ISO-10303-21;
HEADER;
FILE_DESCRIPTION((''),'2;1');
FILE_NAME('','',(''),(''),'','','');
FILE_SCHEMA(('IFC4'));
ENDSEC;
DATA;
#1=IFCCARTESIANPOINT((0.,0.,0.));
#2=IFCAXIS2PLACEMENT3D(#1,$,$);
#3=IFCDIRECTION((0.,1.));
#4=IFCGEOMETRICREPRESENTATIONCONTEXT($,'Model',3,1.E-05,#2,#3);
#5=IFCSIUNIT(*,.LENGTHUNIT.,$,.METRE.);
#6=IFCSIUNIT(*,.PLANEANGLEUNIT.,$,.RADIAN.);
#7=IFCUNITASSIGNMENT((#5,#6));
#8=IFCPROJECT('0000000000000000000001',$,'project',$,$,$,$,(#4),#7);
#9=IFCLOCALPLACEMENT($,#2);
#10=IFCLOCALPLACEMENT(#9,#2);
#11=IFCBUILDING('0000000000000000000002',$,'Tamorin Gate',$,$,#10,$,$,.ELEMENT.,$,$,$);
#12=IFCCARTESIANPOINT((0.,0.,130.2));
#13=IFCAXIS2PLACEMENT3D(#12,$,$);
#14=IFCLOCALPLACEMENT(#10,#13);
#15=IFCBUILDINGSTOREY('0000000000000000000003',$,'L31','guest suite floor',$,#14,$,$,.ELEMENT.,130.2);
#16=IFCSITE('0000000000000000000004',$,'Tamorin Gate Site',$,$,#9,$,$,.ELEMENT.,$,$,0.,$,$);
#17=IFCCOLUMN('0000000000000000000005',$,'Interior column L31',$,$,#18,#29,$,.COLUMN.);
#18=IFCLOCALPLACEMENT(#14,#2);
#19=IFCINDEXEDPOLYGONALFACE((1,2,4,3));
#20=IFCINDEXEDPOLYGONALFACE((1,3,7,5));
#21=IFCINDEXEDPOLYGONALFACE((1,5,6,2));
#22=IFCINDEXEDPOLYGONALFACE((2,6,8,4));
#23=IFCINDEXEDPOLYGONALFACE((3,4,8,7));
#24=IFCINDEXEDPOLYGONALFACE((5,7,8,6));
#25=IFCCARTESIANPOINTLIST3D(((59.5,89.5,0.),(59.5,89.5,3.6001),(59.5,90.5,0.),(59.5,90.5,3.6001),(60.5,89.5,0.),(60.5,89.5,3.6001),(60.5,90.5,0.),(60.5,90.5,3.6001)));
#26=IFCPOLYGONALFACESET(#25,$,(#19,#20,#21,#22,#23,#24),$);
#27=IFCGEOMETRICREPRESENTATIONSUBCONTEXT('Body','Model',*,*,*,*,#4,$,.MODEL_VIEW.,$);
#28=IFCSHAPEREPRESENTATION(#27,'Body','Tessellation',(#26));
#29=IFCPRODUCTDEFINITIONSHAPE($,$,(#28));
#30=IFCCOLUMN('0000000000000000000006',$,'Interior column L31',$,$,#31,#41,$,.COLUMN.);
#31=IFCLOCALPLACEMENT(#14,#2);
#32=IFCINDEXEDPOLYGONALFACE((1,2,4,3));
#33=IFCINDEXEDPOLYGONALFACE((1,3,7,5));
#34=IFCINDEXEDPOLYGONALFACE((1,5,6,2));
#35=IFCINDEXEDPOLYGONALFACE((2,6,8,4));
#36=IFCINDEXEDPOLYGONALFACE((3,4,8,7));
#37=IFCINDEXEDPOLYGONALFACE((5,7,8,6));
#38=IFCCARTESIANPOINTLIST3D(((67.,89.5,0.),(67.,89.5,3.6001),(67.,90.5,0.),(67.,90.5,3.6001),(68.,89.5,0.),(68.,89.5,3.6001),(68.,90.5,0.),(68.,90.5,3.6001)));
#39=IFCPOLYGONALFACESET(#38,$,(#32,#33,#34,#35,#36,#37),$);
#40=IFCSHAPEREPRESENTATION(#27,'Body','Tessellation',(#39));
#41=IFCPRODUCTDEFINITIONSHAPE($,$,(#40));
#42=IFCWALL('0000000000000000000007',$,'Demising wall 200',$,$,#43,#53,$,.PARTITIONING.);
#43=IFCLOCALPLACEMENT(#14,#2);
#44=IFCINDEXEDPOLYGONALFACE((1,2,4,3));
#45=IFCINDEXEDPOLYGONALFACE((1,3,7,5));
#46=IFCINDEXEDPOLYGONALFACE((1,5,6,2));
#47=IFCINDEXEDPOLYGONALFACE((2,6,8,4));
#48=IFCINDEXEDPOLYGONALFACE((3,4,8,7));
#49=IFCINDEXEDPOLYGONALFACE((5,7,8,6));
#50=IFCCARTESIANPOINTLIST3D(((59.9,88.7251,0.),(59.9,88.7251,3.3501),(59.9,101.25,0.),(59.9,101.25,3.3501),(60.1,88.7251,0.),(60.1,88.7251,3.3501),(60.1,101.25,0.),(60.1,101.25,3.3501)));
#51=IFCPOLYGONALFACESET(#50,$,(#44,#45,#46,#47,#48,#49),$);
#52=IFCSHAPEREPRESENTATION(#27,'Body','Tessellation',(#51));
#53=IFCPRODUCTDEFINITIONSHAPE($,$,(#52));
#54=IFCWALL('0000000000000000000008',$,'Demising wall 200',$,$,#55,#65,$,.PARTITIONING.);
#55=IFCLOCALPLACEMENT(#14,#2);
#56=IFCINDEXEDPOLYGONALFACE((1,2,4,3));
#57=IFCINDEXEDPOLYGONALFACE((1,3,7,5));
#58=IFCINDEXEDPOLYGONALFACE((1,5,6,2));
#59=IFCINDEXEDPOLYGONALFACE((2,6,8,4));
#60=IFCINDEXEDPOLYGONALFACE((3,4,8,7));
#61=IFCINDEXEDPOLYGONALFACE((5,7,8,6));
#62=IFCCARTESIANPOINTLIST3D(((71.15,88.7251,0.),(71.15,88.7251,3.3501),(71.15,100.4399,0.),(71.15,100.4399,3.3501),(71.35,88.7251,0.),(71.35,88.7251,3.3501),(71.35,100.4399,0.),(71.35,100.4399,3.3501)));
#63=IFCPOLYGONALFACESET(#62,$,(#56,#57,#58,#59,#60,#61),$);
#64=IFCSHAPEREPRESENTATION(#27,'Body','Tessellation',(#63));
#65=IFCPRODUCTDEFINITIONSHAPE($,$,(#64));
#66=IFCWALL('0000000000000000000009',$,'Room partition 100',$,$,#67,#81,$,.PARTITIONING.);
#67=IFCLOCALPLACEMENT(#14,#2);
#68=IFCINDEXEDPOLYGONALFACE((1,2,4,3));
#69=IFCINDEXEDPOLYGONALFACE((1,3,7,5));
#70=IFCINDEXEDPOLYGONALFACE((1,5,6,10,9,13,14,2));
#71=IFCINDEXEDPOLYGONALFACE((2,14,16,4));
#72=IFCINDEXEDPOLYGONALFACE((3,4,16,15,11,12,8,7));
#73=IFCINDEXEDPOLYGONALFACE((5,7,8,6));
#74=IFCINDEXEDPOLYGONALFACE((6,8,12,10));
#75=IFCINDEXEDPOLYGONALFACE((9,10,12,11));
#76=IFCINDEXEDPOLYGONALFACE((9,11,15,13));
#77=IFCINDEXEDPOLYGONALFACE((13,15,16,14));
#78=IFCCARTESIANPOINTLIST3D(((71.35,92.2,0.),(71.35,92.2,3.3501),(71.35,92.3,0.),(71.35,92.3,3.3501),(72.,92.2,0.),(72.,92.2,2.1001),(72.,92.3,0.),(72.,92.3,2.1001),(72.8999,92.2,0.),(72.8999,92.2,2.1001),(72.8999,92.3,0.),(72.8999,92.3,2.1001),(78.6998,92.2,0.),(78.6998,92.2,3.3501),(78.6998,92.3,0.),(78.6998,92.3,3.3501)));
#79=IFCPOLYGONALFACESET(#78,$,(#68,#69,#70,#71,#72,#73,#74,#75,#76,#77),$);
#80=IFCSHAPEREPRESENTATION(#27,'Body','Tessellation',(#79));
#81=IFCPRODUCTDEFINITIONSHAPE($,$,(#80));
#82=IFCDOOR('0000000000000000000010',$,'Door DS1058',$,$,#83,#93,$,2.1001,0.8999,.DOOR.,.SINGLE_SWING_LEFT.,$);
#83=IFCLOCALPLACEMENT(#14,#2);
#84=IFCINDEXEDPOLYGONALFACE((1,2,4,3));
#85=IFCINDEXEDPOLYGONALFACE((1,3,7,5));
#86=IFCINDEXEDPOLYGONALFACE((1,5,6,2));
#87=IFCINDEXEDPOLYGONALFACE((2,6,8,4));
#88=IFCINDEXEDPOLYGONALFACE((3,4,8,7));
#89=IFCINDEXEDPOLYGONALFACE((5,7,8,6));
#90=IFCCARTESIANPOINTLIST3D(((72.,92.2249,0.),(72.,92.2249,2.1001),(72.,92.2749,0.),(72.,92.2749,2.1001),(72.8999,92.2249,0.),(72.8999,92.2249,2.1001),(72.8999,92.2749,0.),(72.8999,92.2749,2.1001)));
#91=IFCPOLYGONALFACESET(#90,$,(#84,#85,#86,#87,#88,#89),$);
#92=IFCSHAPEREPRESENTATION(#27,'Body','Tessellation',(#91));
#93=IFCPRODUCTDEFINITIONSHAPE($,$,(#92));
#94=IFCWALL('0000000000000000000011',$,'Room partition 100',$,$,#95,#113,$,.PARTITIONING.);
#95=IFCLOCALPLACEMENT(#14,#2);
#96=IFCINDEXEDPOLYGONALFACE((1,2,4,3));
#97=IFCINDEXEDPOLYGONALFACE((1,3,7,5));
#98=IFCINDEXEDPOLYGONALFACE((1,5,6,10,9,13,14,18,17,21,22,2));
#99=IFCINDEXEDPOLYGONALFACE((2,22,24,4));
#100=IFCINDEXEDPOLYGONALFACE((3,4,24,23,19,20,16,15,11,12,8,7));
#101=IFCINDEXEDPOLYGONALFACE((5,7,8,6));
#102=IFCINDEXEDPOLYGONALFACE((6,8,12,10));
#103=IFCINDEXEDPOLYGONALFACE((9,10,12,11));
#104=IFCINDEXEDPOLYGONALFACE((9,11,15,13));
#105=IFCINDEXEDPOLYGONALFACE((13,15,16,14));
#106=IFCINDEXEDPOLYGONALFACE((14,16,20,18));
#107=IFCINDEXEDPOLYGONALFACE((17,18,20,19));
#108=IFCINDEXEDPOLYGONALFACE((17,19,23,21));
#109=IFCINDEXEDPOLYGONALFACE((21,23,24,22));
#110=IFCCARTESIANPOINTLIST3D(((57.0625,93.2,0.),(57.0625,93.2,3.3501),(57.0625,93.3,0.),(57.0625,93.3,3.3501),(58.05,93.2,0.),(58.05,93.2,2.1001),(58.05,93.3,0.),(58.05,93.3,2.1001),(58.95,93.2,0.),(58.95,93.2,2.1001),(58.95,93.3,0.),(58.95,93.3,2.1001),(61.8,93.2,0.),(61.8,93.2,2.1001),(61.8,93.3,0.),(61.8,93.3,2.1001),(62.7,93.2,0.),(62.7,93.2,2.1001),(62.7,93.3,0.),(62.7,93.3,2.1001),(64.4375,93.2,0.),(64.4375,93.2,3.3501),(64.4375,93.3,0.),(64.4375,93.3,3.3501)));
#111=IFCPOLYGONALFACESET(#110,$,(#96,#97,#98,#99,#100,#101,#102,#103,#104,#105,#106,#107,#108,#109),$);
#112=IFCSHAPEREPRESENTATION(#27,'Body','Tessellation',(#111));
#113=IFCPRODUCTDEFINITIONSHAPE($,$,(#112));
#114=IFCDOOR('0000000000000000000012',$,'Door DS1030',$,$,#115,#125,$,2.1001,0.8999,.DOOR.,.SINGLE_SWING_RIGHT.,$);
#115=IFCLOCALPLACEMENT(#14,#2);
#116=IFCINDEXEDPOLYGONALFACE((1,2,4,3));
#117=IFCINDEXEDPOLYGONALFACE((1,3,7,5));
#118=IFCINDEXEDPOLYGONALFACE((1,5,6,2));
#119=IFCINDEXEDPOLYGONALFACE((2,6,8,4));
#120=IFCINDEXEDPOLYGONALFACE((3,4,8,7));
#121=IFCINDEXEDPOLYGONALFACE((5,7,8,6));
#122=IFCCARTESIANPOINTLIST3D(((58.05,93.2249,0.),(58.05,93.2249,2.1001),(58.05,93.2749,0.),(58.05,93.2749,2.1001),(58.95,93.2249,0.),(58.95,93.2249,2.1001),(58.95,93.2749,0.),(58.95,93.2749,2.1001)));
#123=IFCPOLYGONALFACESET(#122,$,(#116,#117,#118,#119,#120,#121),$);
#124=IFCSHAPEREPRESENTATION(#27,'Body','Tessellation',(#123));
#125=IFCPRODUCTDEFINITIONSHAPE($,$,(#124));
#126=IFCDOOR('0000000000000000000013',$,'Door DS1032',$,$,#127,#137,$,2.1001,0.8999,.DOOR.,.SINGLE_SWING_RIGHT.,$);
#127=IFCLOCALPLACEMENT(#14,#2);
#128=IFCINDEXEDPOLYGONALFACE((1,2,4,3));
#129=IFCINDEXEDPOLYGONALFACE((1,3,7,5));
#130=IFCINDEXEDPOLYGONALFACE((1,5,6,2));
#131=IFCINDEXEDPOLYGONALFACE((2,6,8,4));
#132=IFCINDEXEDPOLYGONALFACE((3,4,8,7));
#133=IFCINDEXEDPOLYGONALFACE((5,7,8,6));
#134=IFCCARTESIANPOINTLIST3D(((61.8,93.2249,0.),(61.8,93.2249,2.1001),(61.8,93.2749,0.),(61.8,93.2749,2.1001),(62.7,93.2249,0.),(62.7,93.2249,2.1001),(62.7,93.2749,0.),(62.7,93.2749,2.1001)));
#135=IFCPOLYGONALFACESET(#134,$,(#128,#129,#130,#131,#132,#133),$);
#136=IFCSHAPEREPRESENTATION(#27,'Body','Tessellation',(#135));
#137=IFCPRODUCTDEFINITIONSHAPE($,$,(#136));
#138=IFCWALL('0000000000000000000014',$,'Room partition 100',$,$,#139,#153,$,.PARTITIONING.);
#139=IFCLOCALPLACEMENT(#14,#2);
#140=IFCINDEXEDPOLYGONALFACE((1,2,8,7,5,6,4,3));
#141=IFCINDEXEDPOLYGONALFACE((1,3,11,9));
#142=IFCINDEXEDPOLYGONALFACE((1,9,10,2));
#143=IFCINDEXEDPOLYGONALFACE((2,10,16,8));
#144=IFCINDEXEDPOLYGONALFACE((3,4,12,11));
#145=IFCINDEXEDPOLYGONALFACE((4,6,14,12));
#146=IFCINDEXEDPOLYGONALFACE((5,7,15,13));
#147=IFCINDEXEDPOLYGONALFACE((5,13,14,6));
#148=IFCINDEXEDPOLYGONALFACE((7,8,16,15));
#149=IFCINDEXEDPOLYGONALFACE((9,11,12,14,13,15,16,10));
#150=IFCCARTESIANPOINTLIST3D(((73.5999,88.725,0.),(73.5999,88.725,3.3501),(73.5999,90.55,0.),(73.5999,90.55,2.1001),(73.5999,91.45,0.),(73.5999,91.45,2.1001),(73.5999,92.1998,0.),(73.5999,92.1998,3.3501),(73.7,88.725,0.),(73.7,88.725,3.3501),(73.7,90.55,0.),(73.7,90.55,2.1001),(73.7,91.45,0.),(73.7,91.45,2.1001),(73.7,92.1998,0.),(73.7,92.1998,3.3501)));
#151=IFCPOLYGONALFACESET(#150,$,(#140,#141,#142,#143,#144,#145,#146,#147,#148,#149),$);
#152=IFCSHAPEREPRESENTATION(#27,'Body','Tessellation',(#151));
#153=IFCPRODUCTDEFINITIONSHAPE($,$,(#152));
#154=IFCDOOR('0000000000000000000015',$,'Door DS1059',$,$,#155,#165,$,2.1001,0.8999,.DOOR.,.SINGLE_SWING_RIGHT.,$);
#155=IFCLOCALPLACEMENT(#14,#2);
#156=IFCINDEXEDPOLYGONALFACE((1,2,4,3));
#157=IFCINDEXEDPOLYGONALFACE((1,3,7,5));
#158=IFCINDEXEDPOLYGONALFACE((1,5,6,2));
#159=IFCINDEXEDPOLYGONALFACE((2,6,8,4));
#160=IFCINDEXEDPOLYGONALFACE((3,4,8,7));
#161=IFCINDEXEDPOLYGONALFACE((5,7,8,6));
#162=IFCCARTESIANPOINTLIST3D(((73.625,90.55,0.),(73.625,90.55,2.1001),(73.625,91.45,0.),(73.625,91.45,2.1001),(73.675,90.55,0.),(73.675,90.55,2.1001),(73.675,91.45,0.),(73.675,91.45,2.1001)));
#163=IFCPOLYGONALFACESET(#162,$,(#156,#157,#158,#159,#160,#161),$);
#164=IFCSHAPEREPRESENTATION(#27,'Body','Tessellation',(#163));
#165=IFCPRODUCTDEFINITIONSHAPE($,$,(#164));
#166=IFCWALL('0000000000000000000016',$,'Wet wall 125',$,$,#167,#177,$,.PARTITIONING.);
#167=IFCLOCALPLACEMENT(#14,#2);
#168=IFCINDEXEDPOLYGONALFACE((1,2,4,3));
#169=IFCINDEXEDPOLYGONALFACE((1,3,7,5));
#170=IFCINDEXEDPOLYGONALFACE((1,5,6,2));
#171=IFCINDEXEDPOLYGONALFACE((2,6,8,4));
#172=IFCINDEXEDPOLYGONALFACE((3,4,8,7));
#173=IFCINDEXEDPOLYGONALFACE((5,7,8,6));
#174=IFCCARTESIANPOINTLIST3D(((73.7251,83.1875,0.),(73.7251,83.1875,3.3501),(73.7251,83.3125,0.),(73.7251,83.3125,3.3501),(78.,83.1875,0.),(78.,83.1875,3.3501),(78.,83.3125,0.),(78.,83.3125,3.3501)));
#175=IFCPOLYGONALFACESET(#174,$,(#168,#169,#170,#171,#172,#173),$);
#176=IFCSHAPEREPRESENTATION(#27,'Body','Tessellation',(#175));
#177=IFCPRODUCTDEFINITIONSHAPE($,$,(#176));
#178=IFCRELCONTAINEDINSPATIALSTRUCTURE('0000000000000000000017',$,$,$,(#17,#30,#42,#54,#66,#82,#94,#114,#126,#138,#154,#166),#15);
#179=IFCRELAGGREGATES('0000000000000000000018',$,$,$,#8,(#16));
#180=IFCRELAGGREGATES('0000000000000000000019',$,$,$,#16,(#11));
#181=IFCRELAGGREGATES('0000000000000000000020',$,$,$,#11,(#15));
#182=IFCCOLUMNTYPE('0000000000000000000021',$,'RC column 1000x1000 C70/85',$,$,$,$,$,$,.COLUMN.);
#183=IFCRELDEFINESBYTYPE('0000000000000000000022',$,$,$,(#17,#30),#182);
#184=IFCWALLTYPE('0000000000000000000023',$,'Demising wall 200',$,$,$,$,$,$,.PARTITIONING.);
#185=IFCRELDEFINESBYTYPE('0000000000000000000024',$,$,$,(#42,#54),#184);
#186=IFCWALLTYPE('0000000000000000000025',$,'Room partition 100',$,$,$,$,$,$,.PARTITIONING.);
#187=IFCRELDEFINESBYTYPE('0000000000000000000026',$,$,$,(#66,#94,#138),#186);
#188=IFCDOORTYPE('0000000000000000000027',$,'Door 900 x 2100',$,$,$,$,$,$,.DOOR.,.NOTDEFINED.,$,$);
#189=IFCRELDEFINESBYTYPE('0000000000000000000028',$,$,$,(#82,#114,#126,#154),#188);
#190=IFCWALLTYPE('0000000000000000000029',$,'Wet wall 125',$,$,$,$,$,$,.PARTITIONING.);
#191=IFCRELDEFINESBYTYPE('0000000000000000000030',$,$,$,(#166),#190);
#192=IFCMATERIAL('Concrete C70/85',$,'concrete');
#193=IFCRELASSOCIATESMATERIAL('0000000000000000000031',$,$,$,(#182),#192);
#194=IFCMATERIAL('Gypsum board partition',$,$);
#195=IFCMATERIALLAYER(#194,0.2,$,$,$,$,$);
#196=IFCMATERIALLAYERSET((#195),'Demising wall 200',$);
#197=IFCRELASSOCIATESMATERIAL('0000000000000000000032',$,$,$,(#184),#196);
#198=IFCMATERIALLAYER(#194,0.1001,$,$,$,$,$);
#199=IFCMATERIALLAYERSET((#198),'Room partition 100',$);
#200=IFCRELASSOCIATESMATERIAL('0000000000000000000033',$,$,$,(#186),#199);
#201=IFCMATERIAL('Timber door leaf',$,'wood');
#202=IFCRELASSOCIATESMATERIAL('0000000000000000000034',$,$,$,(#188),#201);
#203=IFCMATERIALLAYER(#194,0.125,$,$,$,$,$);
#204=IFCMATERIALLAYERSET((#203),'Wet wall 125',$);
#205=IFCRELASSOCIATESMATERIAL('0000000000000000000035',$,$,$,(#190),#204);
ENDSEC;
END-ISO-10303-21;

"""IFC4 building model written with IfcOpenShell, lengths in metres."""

from ifc_helpers import new_model, si_unit, direction, frame, frame_2d, origin, origin_2d, place, context, subcontext, project, spatial, rectangle, extrude, material, layer, layer_set, material_profile, profile_set, type_object, element, fill, save


model = new_model("IFC4")

# Units and contexts
model_context = context("Model", 3, precision=1e-05, world=origin(), true_north=direction((0.0, 1.0)))
body_context = subcontext(model_context, "Body", "Model", "MODEL_VIEW")
ifc_project = project(units=[si_unit("LENGTHUNIT", "METRE"), si_unit("PLANEANGLEUNIT", "RADIAN")], contexts=[model_context])

# Site, building, storey
site_placement = place(None, origin())
site = spatial("IfcSite", under=ifc_project, at=site_placement, Name="Tamorin Gate Site", CompositionType="ELEMENT", RefElevation=0.0)
building_placement = place(site_placement, origin())
building = spatial("IfcBuilding", under=site, at=building_placement, Name="Tamorin Gate", CompositionType="ELEMENT")
storey_placement = place(building_placement, frame((0.0, 0.0, 130.2)))
storey = spatial("IfcBuildingStorey", under=building, at=storey_placement, Name="L31", Description="guest suite floor", CompositionType="ELEMENT", Elevation=130.2)

# Columns
ifc_material_1 = material(Name="Concrete C70/85", Category="concrete")
ifc_material_profile = material_profile(ifc_material_1, rectangle(XDim=1.0, YDim=1.0, at=origin_2d()), Name="RC 1000x1000")
ifc_profile_set = profile_set([ifc_material_profile], Name="Concrete C70/85")
column_type = type_object("IfcColumnType", Name="RC column 1000x1000 C70/85", PredefinedType="COLUMN", material=ifc_profile_set)
for number, where, z_axis, x_axis, name in (
    (1, (60.0, 90.0, 0.0), (0.0, 0.0, 1.0), (1.0, 0.0, 0.0), "Interior column L31"),
    (2, (67.5, 90.0, 0.0), (0.0, 0.0, 1.0), (1.0, 0.0, 0.0), "Interior column L31"),
):
    element("IfcColumn", number, at=place(storey_placement, frame(where, z_axis=z_axis, x_axis=x_axis)), inside=storey, type_object=column_type, Name=name, PredefinedType="COLUMN", context=body_context, shape_type="SweptSolid", body=[
        extrude(rectangle(XDim=1.0, YDim=1.0, at=origin_2d()), origin(), (0.0, 0.0, 1.0), 3.6001),
    ])

# Walls
ifc_material_2 = material(Name="Gypsum board partition")
ifc_layer_1 = layer(ifc_material_2, 0.2)
ifc_layer_set_1 = layer_set([ifc_layer_1], Name="Demising wall 200")
wall_type_1 = type_object("IfcWallType", Name="Demising wall 200", PredefinedType="PARTITIONING", material=ifc_layer_set_1)
wall_1_placement = place(storey_placement, frame((60.0, 88.7251, 0.0), z_axis=(0.0, 0.0, 1.0), x_axis=(0.0, 1.0, 0.0)))
element("IfcWall", 3, at=wall_1_placement, inside=storey, type_object=wall_type_1, Name="Demising wall 200", PredefinedType="PARTITIONING", context=body_context, shape_type="SweptSolid", body=[
    extrude(rectangle(XDim=12.5249, YDim=0.2, at=frame_2d((6.2625, 0.0))), origin(), (0.0, 0.0, 1.0), 3.3501),
])
wall_2_placement = place(storey_placement, frame((71.25, 88.7251, 0.0), z_axis=(0.0, 0.0, 1.0), x_axis=(0.0, 1.0, 0.0)))
element("IfcWall", 4, at=wall_2_placement, inside=storey, type_object=wall_type_1, Name="Demising wall 200", PredefinedType="PARTITIONING", context=body_context, shape_type="SweptSolid", body=[
    extrude(rectangle(XDim=11.7148, YDim=0.2, at=frame_2d((5.8574, 0.0))), origin(), (0.0, 0.0, 1.0), 3.3501),
])

# Wall, opening, door
ifc_layer_2 = layer(ifc_material_2, 0.1001)
ifc_layer_set_2 = layer_set([ifc_layer_2], Name="Room partition 100")
wall_type_2 = type_object("IfcWallType", Name="Room partition 100", PredefinedType="PARTITIONING", material=ifc_layer_set_2)
wall_3_placement = place(storey_placement, frame((71.3501, 92.25, 0.0), z_axis=(0.0, 0.0, 1.0), x_axis=(1.0, 0.0, 0.0)))
wall_3 = element("IfcWall", 5, at=wall_3_placement, inside=storey, type_object=wall_type_2, Name="Room partition 100", PredefinedType="PARTITIONING", context=body_context, shape_type="SweptSolid", body=[
    extrude(rectangle(XDim=7.3499, YDim=0.1001, at=frame_2d((3.6748, 0.0))), origin(), (0.0, 0.0, 1.0), 3.3501),
])
opening_1_placement = place(wall_3_placement, frame((0.6499, 0.0, 0.0)))
opening_1 = element("IfcOpeningElement", 6, at=opening_1_placement, cuts=wall_3, PredefinedType="OPENING", context=body_context, shape_type="SweptSolid", body=[
    extrude(rectangle(XDim=0.8999, YDim=2.1001, at=frame_2d((0.45, 1.05))), frame((0.0, 0.0601, 0.0), z_axis=(0.0, -1.0, 0.0), x_axis=(1.0, 0.0, 0.0)), (0.0, 0.0, 1.0), 0.1201),
])
ifc_material_3 = material(Name="Timber door leaf", Category="wood")
door_type = type_object("IfcDoorType", Name="Door 900 x 2100", OperationType="NOTDEFINED", PredefinedType="DOOR", material=ifc_material_3)
door_1_placement = place(opening_1_placement, origin())
door_1 = element("IfcDoor", 7, at=door_1_placement, inside=storey, type_object=door_type, Name="Door DS1058", OperationType="SINGLE_SWING_LEFT", OverallHeight=2.1001, OverallWidth=0.8999, PredefinedType="DOOR", context=body_context, shape_type="SweptSolid", body=[
    extrude(rectangle(XDim=0.8999, YDim=2.1001, at=frame_2d((0.45, 1.05))), frame((0.0, 0.0249, 0.0), z_axis=(0.0, -1.0, 0.0), x_axis=(1.0, 0.0, 0.0)), (0.0, 0.0, 1.0), 0.05),
])
fill(opening_1, door_1)

# Wall, openings, doors
wall_4_placement = place(storey_placement, frame((57.0625, 93.25, 0.0), z_axis=(0.0, 0.0, 1.0), x_axis=(1.0, 0.0, 0.0)))
wall_4 = element("IfcWall", 8, at=wall_4_placement, inside=storey, type_object=wall_type_2, Name="Room partition 100", PredefinedType="PARTITIONING", context=body_context, shape_type="SweptSolid", body=[
    extrude(rectangle(XDim=7.375, YDim=0.1001, at=frame_2d((3.6875, 0.0))), origin(), (0.0, 0.0, 1.0), 3.3501),
])
opening_2_placement = place(wall_4_placement, frame((0.9875, 0.0, 0.0)))
opening_2 = element("IfcOpeningElement", 9, at=opening_2_placement, cuts=wall_4, PredefinedType="OPENING", context=body_context, shape_type="SweptSolid", body=[
    extrude(rectangle(XDim=0.8999, YDim=2.1001, at=frame_2d((0.45, 1.05))), frame((0.0, 0.0601, 0.0), z_axis=(0.0, -1.0, 0.0), x_axis=(1.0, 0.0, 0.0)), (0.0, 0.0, 1.0), 0.1201),
])
opening_3_placement = place(wall_4_placement, frame((4.7375, 0.0, 0.0)))
opening_3 = element("IfcOpeningElement", 10, at=opening_3_placement, cuts=wall_4, PredefinedType="OPENING", context=body_context, shape_type="SweptSolid", body=[
    extrude(rectangle(XDim=0.8999, YDim=2.1001, at=frame_2d((0.45, 1.05))), frame((0.0, 0.0601, 0.0), z_axis=(0.0, -1.0, 0.0), x_axis=(1.0, 0.0, 0.0)), (0.0, 0.0, 1.0), 0.1201),
])
door_2_placement = place(opening_2_placement, origin())
door_2 = element("IfcDoor", 11, at=door_2_placement, inside=storey, type_object=door_type, Name="Door DS1030", OperationType="SINGLE_SWING_RIGHT", OverallHeight=2.1001, OverallWidth=0.8999, PredefinedType="DOOR", context=body_context, shape_type="SweptSolid", body=[
    extrude(rectangle(XDim=0.8999, YDim=2.1001, at=frame_2d((0.45, 1.05))), frame((0.0, 0.0249, 0.0), z_axis=(0.0, -1.0, 0.0), x_axis=(1.0, 0.0, 0.0)), (0.0, 0.0, 1.0), 0.05),
])
fill(opening_2, door_2)
door_3_placement = place(opening_3_placement, origin())
door_3 = element("IfcDoor", 12, at=door_3_placement, inside=storey, type_object=door_type, Name="Door DS1032", OperationType="SINGLE_SWING_RIGHT", OverallHeight=2.1001, OverallWidth=0.8999, PredefinedType="DOOR", context=body_context, shape_type="SweptSolid", body=[
    extrude(rectangle(XDim=0.8999, YDim=2.1001, at=frame_2d((0.45, 1.05))), frame((0.0, 0.0249, 0.0), z_axis=(0.0, -1.0, 0.0), x_axis=(1.0, 0.0, 0.0)), (0.0, 0.0, 1.0), 0.05),
])
fill(opening_3, door_3)

# Wall, opening, door
wall_5_placement = place(storey_placement, frame((73.6499, 88.7251, 0.0), z_axis=(0.0, 0.0, 1.0), x_axis=(0.0, 1.0, 0.0)))
wall_5 = element("IfcWall", 13, at=wall_5_placement, inside=storey, type_object=wall_type_2, Name="Room partition 100", PredefinedType="PARTITIONING", context=body_context, shape_type="SweptSolid", body=[
    extrude(rectangle(XDim=3.4749, YDim=0.1001, at=frame_2d((1.7373, 0.0))), origin(), (0.0, 0.0, 1.0), 3.3501),
])
opening_4_placement = place(wall_5_placement, frame((1.825, 0.0, 0.0)))
opening_4 = element("IfcOpeningElement", 14, at=opening_4_placement, cuts=wall_5, PredefinedType="OPENING", context=body_context, shape_type="SweptSolid", body=[
    extrude(rectangle(XDim=0.8999, YDim=2.1001, at=frame_2d((0.45, 1.05))), frame((0.0, 0.0601, 0.0), z_axis=(0.0, -1.0, 0.0), x_axis=(1.0, 0.0, 0.0)), (0.0, 0.0, 1.0), 0.1201),
])
door_4_placement = place(opening_4_placement, origin())
door_4 = element("IfcDoor", 15, at=door_4_placement, inside=storey, type_object=door_type, Name="Door DS1059", OperationType="SINGLE_SWING_RIGHT", OverallHeight=2.1001, OverallWidth=0.8999, PredefinedType="DOOR", context=body_context, shape_type="SweptSolid", body=[
    extrude(rectangle(XDim=0.8999, YDim=2.1001, at=frame_2d((0.45, 1.05))), frame((0.0, 0.0249, 0.0), z_axis=(0.0, -1.0, 0.0), x_axis=(1.0, 0.0, 0.0)), (0.0, 0.0, 1.0), 0.05),
])
fill(opening_4, door_4)

# Wall
ifc_layer_3 = layer(ifc_material_2, 0.125)
ifc_layer_set_3 = layer_set([ifc_layer_3], Name="Wet wall 125")
wall_type_3 = type_object("IfcWallType", Name="Wet wall 125", PredefinedType="PARTITIONING", material=ifc_layer_set_3)
wall_6_placement = place(storey_placement, frame((73.7251, 83.25, 0.0), z_axis=(0.0, 0.0, 1.0), x_axis=(1.0, 0.0, 0.0)))
element("IfcWall", 16, at=wall_6_placement, inside=storey, type_object=wall_type_3, Name="Wet wall 125", PredefinedType="PARTITIONING", context=body_context, shape_type="SweptSolid", body=[
    extrude(rectangle(XDim=4.2749, YDim=0.125, at=frame_2d((2.1375, 0.0))), origin(), (0.0, 0.0, 1.0), 3.3501),
])

save(model, "model.ifc")
